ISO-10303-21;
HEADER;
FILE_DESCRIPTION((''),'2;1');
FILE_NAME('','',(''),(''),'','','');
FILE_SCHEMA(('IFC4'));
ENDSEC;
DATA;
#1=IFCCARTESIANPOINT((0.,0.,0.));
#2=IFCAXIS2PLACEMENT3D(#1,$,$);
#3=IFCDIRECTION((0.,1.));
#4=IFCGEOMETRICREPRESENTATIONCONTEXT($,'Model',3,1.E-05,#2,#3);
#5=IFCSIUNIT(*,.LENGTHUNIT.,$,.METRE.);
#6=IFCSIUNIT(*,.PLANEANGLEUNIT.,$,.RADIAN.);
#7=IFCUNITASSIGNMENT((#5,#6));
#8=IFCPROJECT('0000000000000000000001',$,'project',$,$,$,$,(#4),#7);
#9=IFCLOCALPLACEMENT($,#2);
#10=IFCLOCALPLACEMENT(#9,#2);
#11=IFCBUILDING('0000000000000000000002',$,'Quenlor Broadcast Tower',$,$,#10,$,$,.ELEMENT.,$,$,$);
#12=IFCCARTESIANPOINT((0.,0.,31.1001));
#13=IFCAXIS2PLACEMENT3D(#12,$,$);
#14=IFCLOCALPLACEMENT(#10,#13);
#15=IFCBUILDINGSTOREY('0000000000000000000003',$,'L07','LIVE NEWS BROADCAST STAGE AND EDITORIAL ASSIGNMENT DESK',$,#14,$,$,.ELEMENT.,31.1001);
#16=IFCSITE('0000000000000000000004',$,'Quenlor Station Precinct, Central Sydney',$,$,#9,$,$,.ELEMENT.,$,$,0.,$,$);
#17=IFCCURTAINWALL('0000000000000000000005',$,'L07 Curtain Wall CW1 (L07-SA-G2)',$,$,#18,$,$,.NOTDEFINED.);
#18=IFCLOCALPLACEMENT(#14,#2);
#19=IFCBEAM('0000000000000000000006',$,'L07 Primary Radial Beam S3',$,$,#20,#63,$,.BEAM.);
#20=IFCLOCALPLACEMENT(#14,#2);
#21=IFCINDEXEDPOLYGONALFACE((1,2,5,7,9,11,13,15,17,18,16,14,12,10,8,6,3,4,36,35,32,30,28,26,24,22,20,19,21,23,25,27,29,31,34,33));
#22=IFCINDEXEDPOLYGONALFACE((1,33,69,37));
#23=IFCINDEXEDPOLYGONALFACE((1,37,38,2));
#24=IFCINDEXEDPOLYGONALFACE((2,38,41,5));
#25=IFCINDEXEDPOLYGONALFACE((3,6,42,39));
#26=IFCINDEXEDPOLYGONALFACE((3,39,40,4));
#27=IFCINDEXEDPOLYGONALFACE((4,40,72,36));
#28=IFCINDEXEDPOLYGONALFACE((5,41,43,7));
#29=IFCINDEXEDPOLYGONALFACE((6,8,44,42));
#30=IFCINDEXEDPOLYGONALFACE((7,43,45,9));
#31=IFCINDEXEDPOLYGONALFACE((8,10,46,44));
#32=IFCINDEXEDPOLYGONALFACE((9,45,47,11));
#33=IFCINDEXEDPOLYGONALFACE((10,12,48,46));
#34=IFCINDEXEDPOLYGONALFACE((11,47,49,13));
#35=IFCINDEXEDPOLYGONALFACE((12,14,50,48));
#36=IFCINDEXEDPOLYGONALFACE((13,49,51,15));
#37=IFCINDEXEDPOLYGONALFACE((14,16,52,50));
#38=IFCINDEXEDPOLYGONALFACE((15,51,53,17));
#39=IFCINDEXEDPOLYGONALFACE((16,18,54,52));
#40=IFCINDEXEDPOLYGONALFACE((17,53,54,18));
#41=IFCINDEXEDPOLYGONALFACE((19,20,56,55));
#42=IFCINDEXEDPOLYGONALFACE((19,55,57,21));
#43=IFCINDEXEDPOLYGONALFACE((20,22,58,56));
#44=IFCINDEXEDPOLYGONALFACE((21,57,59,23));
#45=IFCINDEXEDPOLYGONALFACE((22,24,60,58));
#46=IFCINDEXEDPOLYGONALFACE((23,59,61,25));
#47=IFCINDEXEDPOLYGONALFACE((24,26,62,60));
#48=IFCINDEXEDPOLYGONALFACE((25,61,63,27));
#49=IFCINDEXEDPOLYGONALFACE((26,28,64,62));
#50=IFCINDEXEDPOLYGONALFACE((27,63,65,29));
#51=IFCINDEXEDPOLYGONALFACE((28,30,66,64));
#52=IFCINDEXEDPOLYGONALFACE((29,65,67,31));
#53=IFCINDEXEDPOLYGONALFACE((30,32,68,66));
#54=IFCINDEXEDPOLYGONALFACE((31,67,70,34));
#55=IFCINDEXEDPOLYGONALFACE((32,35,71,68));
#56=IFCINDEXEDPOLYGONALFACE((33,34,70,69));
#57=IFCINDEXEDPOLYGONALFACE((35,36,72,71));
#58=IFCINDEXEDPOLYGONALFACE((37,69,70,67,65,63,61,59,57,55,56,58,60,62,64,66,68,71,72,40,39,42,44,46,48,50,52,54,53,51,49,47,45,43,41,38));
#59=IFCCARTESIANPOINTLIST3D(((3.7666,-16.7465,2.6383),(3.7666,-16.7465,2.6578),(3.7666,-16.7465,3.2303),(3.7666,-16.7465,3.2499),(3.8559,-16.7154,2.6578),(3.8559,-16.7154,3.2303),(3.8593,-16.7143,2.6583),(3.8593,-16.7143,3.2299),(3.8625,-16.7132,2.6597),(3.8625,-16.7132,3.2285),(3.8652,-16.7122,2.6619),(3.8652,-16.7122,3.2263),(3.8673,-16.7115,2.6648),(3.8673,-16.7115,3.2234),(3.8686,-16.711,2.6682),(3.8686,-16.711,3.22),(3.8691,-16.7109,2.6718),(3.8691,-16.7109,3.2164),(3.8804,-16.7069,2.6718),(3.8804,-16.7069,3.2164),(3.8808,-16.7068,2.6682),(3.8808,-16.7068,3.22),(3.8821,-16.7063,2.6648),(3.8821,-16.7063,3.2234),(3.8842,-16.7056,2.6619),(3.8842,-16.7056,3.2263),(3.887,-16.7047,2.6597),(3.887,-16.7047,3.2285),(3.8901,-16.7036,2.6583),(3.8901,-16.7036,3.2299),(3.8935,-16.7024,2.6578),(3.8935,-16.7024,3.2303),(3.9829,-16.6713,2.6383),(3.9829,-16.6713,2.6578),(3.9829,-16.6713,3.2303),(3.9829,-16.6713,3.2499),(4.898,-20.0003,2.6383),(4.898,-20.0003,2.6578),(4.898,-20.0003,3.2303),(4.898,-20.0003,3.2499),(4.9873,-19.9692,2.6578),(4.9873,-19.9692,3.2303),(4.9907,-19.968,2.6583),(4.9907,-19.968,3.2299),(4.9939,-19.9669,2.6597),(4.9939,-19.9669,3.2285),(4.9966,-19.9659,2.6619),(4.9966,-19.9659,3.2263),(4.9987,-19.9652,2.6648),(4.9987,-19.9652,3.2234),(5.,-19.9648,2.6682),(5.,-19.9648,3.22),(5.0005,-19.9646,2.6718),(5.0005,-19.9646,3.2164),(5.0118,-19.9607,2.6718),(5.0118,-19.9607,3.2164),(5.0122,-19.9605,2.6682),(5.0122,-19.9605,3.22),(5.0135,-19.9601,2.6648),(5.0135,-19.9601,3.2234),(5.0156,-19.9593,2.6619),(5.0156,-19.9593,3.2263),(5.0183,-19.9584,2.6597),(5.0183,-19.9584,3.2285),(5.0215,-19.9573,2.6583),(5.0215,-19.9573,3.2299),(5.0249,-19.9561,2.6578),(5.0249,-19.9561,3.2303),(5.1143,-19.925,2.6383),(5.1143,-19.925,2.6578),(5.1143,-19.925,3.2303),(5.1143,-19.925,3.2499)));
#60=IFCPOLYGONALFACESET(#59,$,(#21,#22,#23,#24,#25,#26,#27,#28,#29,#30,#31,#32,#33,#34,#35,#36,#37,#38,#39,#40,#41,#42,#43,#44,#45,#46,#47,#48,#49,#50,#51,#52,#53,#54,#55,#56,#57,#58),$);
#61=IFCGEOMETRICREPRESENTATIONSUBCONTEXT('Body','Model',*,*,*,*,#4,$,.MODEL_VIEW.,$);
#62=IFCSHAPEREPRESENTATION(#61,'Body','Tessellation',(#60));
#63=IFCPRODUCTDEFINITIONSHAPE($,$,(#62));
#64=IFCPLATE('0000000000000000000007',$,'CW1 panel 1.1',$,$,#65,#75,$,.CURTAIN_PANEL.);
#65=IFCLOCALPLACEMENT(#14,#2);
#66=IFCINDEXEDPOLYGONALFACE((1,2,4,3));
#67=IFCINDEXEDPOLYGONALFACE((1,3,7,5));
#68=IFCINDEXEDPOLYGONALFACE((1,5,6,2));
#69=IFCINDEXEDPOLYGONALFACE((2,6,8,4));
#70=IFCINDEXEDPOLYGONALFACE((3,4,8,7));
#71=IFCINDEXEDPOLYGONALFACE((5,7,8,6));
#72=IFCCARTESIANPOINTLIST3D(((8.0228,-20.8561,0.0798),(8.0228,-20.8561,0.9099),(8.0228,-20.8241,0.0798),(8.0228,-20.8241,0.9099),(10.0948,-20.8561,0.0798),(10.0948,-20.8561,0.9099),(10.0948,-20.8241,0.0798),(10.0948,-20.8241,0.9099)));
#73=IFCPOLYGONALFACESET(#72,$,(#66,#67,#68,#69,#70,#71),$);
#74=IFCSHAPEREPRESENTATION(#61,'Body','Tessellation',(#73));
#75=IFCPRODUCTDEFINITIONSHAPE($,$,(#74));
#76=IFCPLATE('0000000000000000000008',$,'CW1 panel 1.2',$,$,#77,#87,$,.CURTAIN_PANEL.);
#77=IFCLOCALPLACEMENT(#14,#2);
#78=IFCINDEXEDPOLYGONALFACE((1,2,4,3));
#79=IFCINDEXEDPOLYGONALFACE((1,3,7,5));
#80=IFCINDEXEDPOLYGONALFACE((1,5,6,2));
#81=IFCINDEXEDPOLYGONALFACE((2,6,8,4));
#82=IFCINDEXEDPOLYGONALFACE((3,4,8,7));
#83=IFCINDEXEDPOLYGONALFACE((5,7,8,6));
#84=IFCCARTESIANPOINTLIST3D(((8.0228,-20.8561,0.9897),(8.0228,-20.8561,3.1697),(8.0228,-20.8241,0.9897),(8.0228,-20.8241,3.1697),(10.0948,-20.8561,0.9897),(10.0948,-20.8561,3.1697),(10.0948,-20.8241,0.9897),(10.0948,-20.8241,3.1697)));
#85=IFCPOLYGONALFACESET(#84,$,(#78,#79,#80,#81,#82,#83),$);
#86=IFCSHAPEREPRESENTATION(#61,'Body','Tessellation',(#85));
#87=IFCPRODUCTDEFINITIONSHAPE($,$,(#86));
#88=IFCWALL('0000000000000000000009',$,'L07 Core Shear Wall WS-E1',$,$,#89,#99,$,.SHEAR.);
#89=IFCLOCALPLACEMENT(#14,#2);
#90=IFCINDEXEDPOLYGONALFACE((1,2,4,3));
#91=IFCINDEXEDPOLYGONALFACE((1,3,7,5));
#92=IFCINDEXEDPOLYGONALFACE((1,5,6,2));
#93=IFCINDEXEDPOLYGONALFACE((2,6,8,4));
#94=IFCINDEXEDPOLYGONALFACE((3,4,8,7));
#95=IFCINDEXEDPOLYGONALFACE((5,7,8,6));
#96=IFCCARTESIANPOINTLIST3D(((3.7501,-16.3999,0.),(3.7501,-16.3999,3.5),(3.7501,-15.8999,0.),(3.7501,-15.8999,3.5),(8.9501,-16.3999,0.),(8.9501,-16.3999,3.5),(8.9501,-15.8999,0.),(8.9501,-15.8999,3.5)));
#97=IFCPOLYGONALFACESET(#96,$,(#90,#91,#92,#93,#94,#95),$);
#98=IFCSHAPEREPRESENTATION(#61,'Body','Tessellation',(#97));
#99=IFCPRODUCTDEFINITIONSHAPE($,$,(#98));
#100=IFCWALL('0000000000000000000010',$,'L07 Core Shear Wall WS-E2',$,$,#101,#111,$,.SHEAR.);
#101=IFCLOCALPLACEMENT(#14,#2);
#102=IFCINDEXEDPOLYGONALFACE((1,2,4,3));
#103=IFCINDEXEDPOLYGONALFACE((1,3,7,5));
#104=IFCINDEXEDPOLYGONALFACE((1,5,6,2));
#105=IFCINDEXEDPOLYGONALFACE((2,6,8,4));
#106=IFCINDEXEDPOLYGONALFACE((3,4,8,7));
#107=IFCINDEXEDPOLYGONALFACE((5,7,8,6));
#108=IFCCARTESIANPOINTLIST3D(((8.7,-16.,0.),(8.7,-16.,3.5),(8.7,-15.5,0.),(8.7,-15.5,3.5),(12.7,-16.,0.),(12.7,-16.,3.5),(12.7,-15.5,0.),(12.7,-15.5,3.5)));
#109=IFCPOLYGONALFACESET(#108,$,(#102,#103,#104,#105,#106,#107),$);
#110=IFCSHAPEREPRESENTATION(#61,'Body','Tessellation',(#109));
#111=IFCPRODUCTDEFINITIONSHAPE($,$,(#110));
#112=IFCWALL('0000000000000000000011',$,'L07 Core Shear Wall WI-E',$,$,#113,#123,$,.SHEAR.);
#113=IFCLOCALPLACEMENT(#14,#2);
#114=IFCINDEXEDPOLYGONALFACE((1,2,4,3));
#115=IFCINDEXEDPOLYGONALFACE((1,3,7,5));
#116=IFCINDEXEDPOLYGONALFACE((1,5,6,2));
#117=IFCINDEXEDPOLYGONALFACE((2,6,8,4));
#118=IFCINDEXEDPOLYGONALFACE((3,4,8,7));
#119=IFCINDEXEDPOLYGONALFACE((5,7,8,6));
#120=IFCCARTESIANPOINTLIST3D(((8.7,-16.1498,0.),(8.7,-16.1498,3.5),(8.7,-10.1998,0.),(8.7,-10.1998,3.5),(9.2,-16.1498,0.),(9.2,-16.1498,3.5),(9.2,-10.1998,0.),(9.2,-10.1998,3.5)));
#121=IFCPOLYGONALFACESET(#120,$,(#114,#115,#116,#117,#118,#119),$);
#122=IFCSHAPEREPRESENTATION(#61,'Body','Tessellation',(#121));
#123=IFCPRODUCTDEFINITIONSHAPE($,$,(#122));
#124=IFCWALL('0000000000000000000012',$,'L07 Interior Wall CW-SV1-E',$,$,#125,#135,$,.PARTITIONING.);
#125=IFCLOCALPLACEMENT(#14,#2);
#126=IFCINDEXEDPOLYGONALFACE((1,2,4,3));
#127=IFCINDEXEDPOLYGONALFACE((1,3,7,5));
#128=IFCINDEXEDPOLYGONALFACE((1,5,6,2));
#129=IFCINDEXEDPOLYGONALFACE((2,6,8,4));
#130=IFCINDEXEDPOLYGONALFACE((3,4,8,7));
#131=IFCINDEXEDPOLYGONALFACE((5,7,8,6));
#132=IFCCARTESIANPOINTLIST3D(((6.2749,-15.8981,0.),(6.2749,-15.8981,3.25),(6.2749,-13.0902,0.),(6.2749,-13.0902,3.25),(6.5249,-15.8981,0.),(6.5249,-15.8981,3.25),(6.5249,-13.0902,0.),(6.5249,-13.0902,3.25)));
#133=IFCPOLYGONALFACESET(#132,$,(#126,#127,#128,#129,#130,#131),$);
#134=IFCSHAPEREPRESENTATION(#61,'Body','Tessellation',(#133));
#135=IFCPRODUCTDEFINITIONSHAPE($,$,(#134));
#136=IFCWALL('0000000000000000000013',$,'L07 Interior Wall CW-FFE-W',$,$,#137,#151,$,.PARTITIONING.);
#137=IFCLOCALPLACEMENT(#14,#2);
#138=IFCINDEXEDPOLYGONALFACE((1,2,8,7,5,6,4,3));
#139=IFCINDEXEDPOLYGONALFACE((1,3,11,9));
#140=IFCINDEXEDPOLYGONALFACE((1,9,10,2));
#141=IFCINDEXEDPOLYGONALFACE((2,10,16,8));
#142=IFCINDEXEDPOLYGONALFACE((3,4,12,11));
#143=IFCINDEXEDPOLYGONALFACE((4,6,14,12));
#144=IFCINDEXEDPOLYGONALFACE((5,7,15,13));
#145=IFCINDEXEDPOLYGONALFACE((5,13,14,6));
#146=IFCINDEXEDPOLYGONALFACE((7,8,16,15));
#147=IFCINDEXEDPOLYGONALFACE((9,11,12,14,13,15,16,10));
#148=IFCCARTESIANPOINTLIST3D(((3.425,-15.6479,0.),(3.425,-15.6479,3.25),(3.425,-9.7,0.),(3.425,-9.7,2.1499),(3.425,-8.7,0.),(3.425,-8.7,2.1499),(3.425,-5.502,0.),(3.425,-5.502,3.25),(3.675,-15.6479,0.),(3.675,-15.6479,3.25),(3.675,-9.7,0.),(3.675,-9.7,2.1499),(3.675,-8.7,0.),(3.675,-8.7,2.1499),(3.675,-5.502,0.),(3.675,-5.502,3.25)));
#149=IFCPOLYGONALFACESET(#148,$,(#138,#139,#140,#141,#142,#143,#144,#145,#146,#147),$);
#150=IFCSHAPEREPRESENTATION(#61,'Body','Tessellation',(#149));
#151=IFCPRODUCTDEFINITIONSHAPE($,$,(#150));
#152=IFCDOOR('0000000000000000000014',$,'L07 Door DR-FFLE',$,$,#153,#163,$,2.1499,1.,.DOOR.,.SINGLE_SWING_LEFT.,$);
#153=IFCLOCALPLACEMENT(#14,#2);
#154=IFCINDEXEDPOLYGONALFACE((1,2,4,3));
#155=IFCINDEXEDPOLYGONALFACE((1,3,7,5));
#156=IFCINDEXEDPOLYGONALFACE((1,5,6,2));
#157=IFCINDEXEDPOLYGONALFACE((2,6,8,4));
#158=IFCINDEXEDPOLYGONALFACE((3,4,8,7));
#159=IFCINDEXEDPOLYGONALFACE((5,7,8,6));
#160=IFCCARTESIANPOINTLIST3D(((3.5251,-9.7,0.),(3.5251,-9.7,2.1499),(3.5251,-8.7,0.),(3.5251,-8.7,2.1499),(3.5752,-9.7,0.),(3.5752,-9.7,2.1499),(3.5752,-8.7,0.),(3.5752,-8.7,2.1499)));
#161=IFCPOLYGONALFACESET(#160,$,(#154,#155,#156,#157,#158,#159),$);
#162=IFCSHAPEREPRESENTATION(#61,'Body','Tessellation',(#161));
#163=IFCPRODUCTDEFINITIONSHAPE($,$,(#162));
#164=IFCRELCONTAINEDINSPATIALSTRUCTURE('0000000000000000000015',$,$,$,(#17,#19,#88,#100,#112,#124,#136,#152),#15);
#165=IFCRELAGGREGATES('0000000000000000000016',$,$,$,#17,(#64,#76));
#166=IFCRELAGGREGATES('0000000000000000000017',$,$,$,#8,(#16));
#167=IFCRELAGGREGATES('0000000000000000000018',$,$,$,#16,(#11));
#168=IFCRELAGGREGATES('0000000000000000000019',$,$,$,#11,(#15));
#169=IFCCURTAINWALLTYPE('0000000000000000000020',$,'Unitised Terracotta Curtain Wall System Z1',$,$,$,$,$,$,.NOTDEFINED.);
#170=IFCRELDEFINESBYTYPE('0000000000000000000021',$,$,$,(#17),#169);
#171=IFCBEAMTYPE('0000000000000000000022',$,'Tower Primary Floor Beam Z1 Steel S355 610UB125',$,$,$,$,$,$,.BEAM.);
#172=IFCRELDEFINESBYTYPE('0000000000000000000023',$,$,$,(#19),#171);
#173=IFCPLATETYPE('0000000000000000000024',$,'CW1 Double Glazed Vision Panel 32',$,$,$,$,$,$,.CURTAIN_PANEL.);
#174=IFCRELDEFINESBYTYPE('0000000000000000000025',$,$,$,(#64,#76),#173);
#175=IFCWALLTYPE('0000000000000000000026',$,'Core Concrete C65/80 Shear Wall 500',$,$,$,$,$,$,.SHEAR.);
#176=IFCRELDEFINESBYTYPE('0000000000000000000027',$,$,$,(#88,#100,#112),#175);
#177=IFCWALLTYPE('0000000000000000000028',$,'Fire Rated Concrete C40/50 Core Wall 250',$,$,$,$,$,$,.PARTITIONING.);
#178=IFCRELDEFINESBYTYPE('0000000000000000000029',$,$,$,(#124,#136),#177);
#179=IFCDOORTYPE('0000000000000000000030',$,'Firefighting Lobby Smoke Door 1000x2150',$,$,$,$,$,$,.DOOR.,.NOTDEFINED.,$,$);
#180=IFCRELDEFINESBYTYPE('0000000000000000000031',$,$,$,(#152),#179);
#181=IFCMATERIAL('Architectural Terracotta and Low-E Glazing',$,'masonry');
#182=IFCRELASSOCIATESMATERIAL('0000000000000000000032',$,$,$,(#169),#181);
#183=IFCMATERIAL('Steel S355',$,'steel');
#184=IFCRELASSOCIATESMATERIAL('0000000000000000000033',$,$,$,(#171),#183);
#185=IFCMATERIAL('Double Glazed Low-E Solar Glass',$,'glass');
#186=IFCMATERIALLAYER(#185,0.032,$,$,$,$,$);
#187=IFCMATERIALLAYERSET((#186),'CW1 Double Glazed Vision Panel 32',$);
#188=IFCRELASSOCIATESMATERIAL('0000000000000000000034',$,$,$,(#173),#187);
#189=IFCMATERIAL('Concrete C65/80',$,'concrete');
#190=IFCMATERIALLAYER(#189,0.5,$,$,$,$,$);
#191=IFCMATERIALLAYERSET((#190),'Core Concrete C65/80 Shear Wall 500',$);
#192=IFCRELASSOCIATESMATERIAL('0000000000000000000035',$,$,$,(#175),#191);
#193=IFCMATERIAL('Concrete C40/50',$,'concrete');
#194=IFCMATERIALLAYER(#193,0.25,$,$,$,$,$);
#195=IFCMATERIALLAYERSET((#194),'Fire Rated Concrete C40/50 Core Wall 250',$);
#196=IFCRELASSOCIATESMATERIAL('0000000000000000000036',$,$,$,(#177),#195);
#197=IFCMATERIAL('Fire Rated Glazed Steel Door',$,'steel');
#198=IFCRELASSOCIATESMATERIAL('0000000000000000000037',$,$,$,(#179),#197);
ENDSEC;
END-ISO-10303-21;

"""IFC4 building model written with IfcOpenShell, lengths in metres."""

from ifc_helpers import new_model, si_unit, direction, frame, frame_2d, origin, origin_2d, place, context, subcontext, project, spatial, rectangle, i_section, extrude, material, layer, layer_set, material_profile, profile_set, type_object, element, fill, aggregate, save


model = new_model("IFC4")

# Units and contexts
model_context = context("Model", 3, precision=1e-05, world=origin(), true_north=direction((0.0, 1.0)))
body_context = subcontext(model_context, "Body", "Model", "MODEL_VIEW")
ifc_project = project(units=[si_unit("LENGTHUNIT", "METRE"), si_unit("PLANEANGLEUNIT", "RADIAN")], contexts=[model_context])

# Site, building, storey
site_placement = place(None, origin())
site = spatial("IfcSite", under=ifc_project, at=site_placement, Name="Quenlor Station Precinct, Central Sydney", CompositionType="ELEMENT", RefElevation=0.0)
building_placement = place(site_placement, origin())
building = spatial("IfcBuilding", under=site, at=building_placement, Name="Quenlor Broadcast Tower", CompositionType="ELEMENT")
storey_placement = place(building_placement, frame((0.0, 0.0, 31.1001)))
storey = spatial("IfcBuildingStorey", under=building, at=storey_placement, Name="L07", Description="LIVE NEWS BROADCAST STAGE AND EDITORIAL ASSIGNMENT DESK", CompositionType="ELEMENT", Elevation=31.1001)

# Curtain wall
ifc_material_1 = material(Name="Architectural Terracotta and Low-E Glazing", Category="masonry")
curtain_wall_type = type_object("IfcCurtainWallType", Name="Unitised Terracotta Curtain Wall System Z1", PredefinedType="NOTDEFINED", material=ifc_material_1)
curtain_wall_placement = place(storey_placement, origin())
curtain_wall = element("IfcCurtainWall", 1, at=curtain_wall_placement, inside=storey, type_object=curtain_wall_type, Name="L07 Curtain Wall CW1 (L07-SA-G2)", PredefinedType="NOTDEFINED")

# Beam
ifc_material_2 = material(Name="Steel S355", Category="steel")
ifc_material_profile_1 = material_profile(ifc_material_2, i_section(OverallWidth=0.229, OverallDepth=0.6116, WebThickness=0.012, FlangeThickness=0.0195, FilletRadius=0.0139, at=origin_2d()))
ifc_profile_set_1 = profile_set([ifc_material_profile_1], Name="Steel S355 610UB125")
beam_type_1 = type_object("IfcBeamType", Name="Tower Primary Floor Beam Z1 Steel S355 610UB125", PredefinedType="BEAM", material=ifc_profile_set_1)
beam_1_placement = place(storey_placement, frame((5.0061, -19.9626, 2.9441), z_axis=(-0.328427, 0.944529, 0.0), x_axis=(-0.944529, -0.328427, 0.0)))
element("IfcBeam", 2, at=beam_1_placement, inside=storey, type_object=beam_type_1, Name="L07 Primary Radial Beam S3", PredefinedType="BEAM", context=body_context, shape_type="SweptSolid", body=[
    extrude(i_section(OverallWidth=0.229, OverallDepth=0.6116, WebThickness=0.012, FlangeThickness=0.0195, FilletRadius=0.0139, at=origin_2d()), origin(), (0.0, 0.0, 1.0), 3.4448),
])

# Plates
ifc_material_3 = material(Name="Double Glazed Low-E Solar Glass", Category="glass")
ifc_layer_1 = layer(ifc_material_3, 0.032)
ifc_layer_set_1 = layer_set([ifc_layer_1], Name="CW1 Double Glazed Vision Panel 32")
plate_type = type_object("IfcPlateType", Name="CW1 Double Glazed Vision Panel 32", PredefinedType="CURTAIN_PANEL", material=ifc_layer_set_1)
plate_1_placement = place(storey_placement, frame((9.0588, -20.8401, 0.0798), z_axis=(0.0, 0.0, 1.0), x_axis=(-1.0, 0.0, 0.0)))
plate_1 = element("IfcPlate", 3, at=plate_1_placement, type_object=plate_type, Name="CW1 panel 1.1", PredefinedType="CURTAIN_PANEL", context=body_context, shape_type="SweptSolid", body=[
    extrude(rectangle(XDim=2.072, YDim=0.032, at=origin_2d()), origin(), (0.0, 0.0, 1.0), 0.8301),
])
plate_2_placement = place(storey_placement, frame((9.0588, -20.8401, 0.9897), z_axis=(0.0, 0.0, 1.0), x_axis=(-1.0, 0.0, 0.0)))
plate_2 = element("IfcPlate", 4, at=plate_2_placement, type_object=plate_type, Name="CW1 panel 1.2", PredefinedType="CURTAIN_PANEL", context=body_context, shape_type="SweptSolid", body=[
    extrude(rectangle(XDim=2.072, YDim=0.032, at=origin_2d()), origin(), (0.0, 0.0, 1.0), 2.1799),
])
aggregate(curtain_wall, [plate_1, plate_2])

# Walls
ifc_material_4 = material(Name="Concrete C65/80", Category="concrete")
ifc_layer_2 = layer(ifc_material_4, 0.5)
ifc_layer_set_2 = layer_set([ifc_layer_2], Name="Core Concrete C65/80 Shear Wall 500")
wall_type_1 = type_object("IfcWallType", Name="Core Concrete C65/80 Shear Wall 500", PredefinedType="SHEAR", material=ifc_layer_set_2)
wall_1_placement = place(storey_placement, frame((3.75, -16.1499, 0.0), z_axis=(0.0, 0.0, 1.0), x_axis=(1.0, 0.0, 0.0)))
element("IfcWall", 5, at=wall_1_placement, inside=storey, type_object=wall_type_1, Name="L07 Core Shear Wall WS-E1", PredefinedType="SHEAR", context=body_context, shape_type="SweptSolid", body=[
    extrude(rectangle(XDim=5.2, YDim=0.5, at=frame_2d((2.6001, 0.0))), origin(), (0.0, 0.0, 1.0), 3.5),
])
wall_2_placement = place(storey_placement, frame((8.7, -15.75, 0.0), z_axis=(0.0, 0.0, 1.0), x_axis=(1.0, 0.0, 0.0)))
element("IfcWall", 6, at=wall_2_placement, inside=storey, type_object=wall_type_1, Name="L07 Core Shear Wall WS-E2", PredefinedType="SHEAR", context=body_context, shape_type="SweptSolid", body=[
    extrude(rectangle(XDim=4.0, YDim=0.5, at=frame_2d((2.0, 0.0))), origin(), (0.0, 0.0, 1.0), 3.5),
])
wall_3_placement = place(storey_placement, frame((8.95, -16.1499, 0.0), z_axis=(0.0, 0.0, 1.0), x_axis=(0.0, 1.0, 0.0)))
element("IfcWall", 7, at=wall_3_placement, inside=storey, type_object=wall_type_1, Name="L07 Core Shear Wall WI-E", PredefinedType="SHEAR", context=body_context, shape_type="SweptSolid", body=[
    extrude(rectangle(XDim=5.95, YDim=0.5, at=frame_2d((2.9751, 0.0))), origin(), (0.0, 0.0, 1.0), 3.5),
])
ifc_material_5 = material(Name="Concrete C40/50", Category="concrete")
ifc_layer_3 = layer(ifc_material_5, 0.25)
ifc_layer_set_3 = layer_set([ifc_layer_3], Name="Fire Rated Concrete C40/50 Core Wall 250")
wall_type_2 = type_object("IfcWallType", Name="Fire Rated Concrete C40/50 Core Wall 250", PredefinedType="PARTITIONING", material=ifc_layer_set_3)
wall_4_placement = place(storey_placement, frame((6.3999, -15.8979, 0.0), z_axis=(0.0, 0.0, 1.0), x_axis=(0.0, 1.0, 0.0)))
element("IfcWall", 8, at=wall_4_placement, inside=storey, type_object=wall_type_2, Name="L07 Interior Wall CW-SV1-E", PredefinedType="PARTITIONING", context=body_context, shape_type="SweptSolid", body=[
    extrude(rectangle(XDim=2.8079, YDim=0.25, at=frame_2d((1.4038, 0.0))), origin(), (0.0, 0.0, 1.0), 3.25),
])

# Wall, opening, door
wall_5_placement = place(storey_placement, frame((3.55, -15.6479, 0.0), z_axis=(0.0, 0.0, 1.0), x_axis=(0.0, 1.0, 0.0)))
wall_5 = element("IfcWall", 9, at=wall_5_placement, inside=storey, type_object=wall_type_2, Name="L07 Interior Wall CW-FFE-W", PredefinedType="PARTITIONING", context=body_context, shape_type="SweptSolid", body=[
    extrude(rectangle(XDim=10.146, YDim=0.25, at=frame_2d((5.073, 0.0))), origin(), (0.0, 0.0, 1.0), 3.25),
])
opening_placement = place(wall_5_placement, frame((5.948, 0.0, 0.0)))
opening = element("IfcOpeningElement", 10, at=opening_placement, cuts=wall_5, PredefinedType="OPENING", context=body_context, shape_type="SweptSolid", body=[
    extrude(rectangle(XDim=1.0, YDim=2.1499, at=frame_2d((0.5, 1.075))), frame((0.0, 0.135, 0.0), z_axis=(0.0, -1.0, 0.0), x_axis=(1.0, 0.0, 0.0)), (0.0, 0.0, 1.0), 0.27),
])
ifc_material_6 = material(Name="Fire Rated Glazed Steel Door", Category="steel")
door_type = type_object("IfcDoorType", Name="Firefighting Lobby Smoke Door 1000x2150", OperationType="NOTDEFINED", PredefinedType="DOOR", material=ifc_material_6)
door_placement = place(opening_placement, origin())
door = element("IfcDoor", 11, at=door_placement, inside=storey, type_object=door_type, Name="L07 Door DR-FFLE", OperationType="SINGLE_SWING_LEFT", OverallHeight=2.1499, OverallWidth=1.0, PredefinedType="DOOR", context=body_context, shape_type="SweptSolid", body=[
    extrude(rectangle(XDim=1.0, YDim=2.1499, at=frame_2d((0.5, 1.075))), frame((0.0, 0.0249, 0.0), z_axis=(0.0, -1.0, 0.0), x_axis=(1.0, 0.0, 0.0)), (0.0, 0.0, 1.0), 0.05),
])
fill(opening, door)

save(model, "model.ifc")
